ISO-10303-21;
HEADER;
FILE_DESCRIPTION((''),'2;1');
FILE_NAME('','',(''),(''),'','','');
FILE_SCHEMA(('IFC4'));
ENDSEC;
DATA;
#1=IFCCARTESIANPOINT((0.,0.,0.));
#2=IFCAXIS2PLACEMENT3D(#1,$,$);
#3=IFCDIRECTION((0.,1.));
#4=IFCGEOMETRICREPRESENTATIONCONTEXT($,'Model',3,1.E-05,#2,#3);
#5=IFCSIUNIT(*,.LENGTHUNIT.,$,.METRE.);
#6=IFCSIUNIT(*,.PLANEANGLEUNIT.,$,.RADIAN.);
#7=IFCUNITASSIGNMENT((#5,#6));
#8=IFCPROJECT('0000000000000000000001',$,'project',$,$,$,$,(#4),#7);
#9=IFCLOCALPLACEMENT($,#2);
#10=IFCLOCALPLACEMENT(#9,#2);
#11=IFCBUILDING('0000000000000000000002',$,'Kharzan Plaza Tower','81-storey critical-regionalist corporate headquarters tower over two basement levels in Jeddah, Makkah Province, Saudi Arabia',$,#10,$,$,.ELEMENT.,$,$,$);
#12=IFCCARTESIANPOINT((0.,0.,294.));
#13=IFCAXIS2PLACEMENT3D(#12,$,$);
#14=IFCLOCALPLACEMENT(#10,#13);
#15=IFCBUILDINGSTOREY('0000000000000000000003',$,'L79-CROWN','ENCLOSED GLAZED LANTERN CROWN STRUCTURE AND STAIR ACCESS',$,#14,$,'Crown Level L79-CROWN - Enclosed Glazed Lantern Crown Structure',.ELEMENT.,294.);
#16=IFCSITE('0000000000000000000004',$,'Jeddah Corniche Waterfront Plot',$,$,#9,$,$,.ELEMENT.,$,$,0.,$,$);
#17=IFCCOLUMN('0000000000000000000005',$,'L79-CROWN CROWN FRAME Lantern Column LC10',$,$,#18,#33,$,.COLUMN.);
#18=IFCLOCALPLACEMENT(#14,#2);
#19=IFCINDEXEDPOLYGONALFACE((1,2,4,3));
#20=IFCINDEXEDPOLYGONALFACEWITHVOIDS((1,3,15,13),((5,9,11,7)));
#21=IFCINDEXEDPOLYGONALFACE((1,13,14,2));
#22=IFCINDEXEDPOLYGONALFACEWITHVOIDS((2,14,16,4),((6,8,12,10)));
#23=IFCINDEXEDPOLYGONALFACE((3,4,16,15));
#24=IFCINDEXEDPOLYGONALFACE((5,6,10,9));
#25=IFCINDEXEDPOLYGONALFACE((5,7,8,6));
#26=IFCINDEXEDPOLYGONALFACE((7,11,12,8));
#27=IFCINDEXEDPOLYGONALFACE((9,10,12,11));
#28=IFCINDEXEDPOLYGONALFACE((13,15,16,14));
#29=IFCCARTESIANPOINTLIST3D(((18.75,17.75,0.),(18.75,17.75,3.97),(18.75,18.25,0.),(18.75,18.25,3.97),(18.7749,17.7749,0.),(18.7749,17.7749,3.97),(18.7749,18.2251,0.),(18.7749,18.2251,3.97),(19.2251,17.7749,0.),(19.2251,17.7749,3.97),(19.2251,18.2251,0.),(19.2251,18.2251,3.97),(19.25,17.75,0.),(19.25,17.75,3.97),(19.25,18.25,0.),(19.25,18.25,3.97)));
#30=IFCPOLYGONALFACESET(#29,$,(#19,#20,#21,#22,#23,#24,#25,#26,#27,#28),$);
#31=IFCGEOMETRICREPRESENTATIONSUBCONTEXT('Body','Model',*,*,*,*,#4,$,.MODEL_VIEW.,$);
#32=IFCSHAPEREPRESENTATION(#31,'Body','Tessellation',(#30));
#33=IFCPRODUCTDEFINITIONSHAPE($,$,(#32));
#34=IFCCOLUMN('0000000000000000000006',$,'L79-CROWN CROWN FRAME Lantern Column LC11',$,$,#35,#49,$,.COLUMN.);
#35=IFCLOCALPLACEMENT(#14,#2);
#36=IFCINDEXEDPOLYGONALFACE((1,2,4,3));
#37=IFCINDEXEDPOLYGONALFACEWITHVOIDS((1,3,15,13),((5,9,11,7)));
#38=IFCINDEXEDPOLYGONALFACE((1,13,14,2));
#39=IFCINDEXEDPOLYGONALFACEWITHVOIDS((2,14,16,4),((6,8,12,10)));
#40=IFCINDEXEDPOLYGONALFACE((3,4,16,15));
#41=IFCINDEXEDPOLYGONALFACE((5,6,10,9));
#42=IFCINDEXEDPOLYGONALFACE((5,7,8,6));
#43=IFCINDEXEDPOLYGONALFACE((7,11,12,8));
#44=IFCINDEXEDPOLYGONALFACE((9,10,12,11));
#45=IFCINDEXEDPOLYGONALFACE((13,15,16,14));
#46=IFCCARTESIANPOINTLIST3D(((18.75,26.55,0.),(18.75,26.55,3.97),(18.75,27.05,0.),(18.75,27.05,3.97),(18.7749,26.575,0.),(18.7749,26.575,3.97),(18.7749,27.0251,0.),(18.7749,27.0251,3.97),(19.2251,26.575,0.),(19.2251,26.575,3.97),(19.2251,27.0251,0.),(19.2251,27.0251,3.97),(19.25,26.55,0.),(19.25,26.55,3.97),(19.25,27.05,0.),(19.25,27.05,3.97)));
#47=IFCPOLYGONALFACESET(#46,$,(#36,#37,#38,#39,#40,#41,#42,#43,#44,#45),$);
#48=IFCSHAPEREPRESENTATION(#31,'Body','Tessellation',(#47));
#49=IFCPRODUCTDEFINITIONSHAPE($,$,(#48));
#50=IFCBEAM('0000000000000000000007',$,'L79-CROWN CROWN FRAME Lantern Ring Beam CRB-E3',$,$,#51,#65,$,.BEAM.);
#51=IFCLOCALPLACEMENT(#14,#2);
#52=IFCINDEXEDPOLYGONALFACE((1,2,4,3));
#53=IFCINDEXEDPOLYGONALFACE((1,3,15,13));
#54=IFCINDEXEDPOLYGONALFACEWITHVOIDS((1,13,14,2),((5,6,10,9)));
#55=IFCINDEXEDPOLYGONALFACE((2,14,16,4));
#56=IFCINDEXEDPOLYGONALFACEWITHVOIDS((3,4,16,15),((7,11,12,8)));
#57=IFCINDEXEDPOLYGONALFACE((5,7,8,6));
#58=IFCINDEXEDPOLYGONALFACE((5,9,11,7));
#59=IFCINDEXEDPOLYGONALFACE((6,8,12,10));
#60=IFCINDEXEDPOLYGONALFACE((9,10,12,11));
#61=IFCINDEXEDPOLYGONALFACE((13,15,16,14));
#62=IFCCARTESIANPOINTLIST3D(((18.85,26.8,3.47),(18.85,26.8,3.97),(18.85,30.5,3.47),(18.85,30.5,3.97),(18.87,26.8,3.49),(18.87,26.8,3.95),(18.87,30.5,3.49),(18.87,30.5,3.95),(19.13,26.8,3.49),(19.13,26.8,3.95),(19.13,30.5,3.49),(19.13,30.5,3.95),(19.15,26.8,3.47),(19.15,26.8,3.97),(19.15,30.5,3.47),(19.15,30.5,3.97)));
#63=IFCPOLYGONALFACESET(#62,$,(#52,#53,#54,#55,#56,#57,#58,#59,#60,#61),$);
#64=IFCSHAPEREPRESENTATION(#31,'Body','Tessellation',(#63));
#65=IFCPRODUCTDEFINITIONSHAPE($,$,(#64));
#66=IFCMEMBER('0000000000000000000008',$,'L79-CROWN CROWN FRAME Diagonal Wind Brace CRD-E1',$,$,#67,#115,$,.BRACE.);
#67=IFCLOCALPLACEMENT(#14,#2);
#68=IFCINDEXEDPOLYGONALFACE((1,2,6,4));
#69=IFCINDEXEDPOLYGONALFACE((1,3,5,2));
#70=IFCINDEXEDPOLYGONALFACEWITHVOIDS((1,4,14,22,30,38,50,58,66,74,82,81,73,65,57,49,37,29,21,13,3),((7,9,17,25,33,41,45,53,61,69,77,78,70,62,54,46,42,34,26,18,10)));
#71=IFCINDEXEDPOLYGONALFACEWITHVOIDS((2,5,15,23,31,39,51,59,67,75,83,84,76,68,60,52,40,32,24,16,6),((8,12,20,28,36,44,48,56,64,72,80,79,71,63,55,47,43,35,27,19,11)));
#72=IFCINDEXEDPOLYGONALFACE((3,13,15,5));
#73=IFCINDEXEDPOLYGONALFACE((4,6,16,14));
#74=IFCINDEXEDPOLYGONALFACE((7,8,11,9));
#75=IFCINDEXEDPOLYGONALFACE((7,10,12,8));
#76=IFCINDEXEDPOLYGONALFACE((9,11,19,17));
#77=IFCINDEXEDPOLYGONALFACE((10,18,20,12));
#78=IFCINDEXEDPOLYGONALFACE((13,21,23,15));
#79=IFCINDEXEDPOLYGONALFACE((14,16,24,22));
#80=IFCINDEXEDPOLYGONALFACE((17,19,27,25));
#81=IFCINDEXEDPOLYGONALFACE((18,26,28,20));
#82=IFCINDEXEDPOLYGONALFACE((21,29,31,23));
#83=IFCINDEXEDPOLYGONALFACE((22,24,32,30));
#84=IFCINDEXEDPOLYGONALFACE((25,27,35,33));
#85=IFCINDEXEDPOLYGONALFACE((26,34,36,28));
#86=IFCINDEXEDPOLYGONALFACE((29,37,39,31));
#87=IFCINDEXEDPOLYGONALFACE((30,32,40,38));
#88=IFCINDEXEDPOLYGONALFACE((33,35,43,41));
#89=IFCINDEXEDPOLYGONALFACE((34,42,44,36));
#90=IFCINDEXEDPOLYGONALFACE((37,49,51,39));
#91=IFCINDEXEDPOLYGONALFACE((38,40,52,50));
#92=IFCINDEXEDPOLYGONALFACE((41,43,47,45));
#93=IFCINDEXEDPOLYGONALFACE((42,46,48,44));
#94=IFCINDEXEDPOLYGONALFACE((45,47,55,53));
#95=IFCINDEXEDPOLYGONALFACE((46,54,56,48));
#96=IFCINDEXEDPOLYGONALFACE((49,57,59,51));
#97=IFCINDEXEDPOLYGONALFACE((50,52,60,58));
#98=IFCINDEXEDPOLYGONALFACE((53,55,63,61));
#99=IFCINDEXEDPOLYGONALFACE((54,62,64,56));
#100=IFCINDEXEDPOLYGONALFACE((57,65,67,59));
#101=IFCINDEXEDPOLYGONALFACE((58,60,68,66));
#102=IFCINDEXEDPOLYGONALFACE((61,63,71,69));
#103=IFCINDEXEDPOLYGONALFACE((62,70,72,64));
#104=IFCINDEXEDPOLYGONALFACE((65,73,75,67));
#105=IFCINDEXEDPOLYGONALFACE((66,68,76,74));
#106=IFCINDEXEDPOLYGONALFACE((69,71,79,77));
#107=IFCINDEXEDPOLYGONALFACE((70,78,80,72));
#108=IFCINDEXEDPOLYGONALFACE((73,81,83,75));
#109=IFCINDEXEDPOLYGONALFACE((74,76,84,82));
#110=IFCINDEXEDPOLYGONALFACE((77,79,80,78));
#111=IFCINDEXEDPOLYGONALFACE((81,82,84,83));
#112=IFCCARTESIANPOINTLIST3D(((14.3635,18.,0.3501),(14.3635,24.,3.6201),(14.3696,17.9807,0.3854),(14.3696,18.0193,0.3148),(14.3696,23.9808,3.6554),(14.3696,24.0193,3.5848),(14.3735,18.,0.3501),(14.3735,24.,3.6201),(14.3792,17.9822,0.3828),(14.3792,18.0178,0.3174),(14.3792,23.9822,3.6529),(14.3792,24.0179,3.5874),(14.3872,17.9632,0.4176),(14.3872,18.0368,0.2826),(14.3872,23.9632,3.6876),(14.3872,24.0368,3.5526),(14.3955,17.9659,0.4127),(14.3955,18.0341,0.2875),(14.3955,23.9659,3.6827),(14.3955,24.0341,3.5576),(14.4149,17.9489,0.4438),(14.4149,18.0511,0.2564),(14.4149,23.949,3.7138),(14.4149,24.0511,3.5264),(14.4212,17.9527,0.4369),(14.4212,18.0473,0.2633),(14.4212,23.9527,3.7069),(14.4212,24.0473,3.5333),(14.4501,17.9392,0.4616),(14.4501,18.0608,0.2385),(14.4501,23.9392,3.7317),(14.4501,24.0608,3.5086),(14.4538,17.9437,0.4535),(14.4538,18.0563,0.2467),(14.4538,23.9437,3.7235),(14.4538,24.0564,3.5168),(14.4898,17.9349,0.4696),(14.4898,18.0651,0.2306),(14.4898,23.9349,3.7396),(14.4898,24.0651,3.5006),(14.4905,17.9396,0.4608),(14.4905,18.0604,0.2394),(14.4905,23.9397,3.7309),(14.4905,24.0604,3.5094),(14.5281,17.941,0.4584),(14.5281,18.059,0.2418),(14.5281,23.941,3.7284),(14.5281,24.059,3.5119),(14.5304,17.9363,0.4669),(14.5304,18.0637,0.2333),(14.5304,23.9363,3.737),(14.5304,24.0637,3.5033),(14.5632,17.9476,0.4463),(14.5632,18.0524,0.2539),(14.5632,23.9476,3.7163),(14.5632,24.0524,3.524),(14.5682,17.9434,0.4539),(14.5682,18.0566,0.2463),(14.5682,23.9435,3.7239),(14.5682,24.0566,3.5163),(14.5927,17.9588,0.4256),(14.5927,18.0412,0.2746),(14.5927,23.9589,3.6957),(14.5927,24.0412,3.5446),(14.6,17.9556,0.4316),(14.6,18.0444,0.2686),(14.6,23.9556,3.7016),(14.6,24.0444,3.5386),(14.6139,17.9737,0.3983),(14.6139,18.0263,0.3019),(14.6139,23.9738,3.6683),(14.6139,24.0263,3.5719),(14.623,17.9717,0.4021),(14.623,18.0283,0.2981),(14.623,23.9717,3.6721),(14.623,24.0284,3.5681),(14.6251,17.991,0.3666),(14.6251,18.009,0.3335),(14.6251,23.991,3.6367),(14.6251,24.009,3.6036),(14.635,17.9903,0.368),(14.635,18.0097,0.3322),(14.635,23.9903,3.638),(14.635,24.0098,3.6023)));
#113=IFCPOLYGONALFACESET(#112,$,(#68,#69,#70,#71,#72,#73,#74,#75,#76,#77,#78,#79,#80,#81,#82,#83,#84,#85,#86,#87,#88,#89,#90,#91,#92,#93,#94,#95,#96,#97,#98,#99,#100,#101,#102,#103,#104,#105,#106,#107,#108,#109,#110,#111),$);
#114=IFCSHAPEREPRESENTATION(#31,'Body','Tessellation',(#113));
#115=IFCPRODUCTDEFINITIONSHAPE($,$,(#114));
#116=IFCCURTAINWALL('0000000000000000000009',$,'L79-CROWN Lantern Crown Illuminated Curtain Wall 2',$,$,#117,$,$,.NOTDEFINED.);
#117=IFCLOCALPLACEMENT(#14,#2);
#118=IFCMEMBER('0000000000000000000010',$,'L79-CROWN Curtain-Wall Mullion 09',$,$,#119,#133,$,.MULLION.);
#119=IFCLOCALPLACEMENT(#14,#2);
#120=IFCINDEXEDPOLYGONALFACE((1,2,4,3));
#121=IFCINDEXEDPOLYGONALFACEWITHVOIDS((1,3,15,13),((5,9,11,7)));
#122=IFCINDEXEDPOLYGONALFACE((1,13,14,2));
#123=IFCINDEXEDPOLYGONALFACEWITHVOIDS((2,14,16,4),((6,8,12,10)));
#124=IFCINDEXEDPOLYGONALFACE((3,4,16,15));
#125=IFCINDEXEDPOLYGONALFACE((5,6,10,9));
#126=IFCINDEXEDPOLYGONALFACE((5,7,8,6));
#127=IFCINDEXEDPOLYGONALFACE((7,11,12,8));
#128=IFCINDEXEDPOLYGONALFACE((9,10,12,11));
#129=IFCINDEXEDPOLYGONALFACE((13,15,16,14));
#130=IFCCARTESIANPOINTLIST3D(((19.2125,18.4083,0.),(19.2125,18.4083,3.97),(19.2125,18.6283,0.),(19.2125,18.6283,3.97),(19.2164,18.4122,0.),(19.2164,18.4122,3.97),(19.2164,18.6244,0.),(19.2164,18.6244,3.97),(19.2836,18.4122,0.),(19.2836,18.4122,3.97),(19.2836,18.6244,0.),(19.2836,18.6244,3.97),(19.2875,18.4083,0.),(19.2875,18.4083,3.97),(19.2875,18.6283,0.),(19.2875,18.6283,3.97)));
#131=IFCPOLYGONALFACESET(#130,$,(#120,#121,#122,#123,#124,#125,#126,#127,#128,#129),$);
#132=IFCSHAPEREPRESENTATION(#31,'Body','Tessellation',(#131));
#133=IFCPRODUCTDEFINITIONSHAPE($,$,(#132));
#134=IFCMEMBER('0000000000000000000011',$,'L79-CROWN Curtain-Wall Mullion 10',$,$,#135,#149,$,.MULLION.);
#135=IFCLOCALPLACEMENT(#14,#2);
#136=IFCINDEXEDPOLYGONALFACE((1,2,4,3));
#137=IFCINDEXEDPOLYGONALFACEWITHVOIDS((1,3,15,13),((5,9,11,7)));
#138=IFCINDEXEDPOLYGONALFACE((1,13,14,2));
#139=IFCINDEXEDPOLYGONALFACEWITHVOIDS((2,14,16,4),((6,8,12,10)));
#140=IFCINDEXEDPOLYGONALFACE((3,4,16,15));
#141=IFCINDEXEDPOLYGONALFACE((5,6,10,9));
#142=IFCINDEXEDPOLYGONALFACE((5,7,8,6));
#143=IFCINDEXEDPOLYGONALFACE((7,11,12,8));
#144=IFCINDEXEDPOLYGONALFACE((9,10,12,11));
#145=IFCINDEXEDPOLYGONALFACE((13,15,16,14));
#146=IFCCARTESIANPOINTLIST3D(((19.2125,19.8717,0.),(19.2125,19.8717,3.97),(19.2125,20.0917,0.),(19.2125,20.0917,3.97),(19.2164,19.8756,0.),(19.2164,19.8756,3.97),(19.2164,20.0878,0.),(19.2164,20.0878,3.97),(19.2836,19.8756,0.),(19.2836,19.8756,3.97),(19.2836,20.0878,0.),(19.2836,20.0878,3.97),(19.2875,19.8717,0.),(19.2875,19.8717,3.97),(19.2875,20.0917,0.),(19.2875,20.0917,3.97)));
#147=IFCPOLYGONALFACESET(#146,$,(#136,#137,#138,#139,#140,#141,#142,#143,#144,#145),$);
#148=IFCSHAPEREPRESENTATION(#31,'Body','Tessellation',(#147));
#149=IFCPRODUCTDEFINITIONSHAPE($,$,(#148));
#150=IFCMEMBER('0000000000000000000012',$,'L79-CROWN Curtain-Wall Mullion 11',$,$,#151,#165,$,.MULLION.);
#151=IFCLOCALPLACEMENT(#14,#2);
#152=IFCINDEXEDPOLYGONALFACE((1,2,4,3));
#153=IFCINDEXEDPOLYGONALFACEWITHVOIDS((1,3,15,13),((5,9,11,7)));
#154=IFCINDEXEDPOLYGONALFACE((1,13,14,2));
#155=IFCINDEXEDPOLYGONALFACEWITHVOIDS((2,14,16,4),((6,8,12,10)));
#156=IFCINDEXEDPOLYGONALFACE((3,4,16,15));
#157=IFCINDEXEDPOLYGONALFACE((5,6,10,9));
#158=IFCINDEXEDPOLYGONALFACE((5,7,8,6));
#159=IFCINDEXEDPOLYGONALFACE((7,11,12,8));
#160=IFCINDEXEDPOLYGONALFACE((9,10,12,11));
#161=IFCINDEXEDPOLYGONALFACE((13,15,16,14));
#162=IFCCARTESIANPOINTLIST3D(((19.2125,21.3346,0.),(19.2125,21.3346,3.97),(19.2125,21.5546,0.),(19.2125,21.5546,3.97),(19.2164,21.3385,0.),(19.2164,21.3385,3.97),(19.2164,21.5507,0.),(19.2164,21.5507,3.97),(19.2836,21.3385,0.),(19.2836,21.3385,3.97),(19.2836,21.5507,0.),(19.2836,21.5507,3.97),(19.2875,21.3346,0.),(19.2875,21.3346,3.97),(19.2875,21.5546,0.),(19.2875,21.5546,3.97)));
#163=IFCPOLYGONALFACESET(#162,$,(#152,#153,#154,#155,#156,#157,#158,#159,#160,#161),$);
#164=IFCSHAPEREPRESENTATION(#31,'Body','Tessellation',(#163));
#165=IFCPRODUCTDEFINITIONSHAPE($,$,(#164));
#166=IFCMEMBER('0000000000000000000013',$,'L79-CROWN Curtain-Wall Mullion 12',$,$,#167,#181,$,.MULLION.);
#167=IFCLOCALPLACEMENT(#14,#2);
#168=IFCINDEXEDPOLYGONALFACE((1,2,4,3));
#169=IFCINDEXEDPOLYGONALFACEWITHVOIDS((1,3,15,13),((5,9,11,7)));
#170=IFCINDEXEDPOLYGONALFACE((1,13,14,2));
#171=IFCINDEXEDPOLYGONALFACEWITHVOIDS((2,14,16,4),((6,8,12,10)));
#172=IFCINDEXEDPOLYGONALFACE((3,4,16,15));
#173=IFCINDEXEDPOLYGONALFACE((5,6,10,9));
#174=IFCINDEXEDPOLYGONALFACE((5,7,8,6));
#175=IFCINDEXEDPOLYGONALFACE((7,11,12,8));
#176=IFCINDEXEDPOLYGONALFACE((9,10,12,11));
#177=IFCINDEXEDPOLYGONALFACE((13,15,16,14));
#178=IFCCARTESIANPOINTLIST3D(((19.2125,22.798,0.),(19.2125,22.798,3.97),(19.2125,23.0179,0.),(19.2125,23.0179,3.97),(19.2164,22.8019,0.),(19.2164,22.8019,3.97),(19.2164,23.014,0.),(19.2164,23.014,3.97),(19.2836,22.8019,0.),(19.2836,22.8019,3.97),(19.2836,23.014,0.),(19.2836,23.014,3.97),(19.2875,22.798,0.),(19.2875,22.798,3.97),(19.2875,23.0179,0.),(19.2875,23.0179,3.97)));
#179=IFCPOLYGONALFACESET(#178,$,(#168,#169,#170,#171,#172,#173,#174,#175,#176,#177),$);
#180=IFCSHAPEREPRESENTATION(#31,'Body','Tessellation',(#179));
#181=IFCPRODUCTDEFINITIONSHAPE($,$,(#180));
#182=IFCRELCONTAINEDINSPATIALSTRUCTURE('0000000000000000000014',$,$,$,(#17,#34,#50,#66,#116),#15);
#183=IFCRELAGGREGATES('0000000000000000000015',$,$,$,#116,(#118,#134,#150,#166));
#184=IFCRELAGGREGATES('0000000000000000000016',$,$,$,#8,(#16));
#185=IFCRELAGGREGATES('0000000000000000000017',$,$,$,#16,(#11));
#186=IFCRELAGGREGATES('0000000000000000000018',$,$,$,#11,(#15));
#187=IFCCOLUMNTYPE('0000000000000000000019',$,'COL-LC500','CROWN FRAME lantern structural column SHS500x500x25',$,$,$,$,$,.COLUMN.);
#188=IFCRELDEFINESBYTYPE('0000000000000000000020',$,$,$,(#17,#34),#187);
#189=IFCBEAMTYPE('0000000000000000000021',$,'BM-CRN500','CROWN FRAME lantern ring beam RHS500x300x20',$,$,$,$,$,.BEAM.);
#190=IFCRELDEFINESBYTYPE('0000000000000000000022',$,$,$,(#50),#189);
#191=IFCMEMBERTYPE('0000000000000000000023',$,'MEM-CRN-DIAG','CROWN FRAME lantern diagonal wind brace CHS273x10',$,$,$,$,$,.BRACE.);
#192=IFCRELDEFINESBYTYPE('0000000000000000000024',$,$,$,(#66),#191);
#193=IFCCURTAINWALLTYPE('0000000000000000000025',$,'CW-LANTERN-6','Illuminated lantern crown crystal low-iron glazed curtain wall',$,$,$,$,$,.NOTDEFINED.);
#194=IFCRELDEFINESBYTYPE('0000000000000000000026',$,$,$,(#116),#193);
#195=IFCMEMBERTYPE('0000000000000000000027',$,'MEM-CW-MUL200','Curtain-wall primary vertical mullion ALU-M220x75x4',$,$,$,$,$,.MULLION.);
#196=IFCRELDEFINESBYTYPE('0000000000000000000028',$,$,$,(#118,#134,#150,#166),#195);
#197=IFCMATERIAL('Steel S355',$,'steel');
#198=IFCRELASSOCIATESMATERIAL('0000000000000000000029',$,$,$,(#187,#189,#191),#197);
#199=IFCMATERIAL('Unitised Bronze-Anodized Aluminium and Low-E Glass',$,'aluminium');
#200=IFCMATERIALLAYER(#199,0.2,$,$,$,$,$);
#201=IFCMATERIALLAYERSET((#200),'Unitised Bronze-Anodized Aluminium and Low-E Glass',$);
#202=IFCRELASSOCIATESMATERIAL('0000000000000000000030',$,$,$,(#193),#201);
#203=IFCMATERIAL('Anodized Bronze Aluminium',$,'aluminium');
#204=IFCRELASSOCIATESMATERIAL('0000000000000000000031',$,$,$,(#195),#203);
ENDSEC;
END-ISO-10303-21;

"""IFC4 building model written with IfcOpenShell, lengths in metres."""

from ifc_helpers import new_model, si_unit, direction, frame, origin, origin_2d, place, context, subcontext, project, spatial, hollow_rectangle, hollow_circle, extrude, source, transform, mapped, material, layer, layer_set, material_profile, profile_set, type_object, element, aggregate, save


model = new_model("IFC4")

# Units and contexts
model_context = context("Model", 3, precision=1e-05, world=origin(), true_north=direction((0.0, 1.0)))
body_context = subcontext(model_context, "Body", "Model", "MODEL_VIEW")
ifc_project = project(units=[si_unit("LENGTHUNIT", "METRE"), si_unit("PLANEANGLEUNIT", "RADIAN")], contexts=[model_context])

# Site, building, storey
site_placement = place(None, origin())
site = spatial("IfcSite", under=ifc_project, at=site_placement, Name="Jeddah Corniche Waterfront Plot", CompositionType="ELEMENT", RefElevation=0.0)
building_placement = place(site_placement, origin())
building = spatial("IfcBuilding", under=site, at=building_placement, Name="Kharzan Plaza Tower", Description="81-storey critical-regionalist corporate headquarters tower over two basement levels in Jeddah, Makkah Province, Saudi Arabia", CompositionType="ELEMENT")
storey_placement = place(building_placement, frame((0.0, 0.0, 294.0)))
storey = spatial("IfcBuildingStorey", under=building, at=storey_placement, Name="L79-CROWN", Description="ENCLOSED GLAZED LANTERN CROWN STRUCTURE AND STAIR ACCESS", LongName="Crown Level L79-CROWN - Enclosed Glazed Lantern Crown Structure", CompositionType="ELEMENT", Elevation=294.0)

# Columns
ifc_material_1 = material(Name="Steel S355", Category="steel")
ifc_material_profile_1 = material_profile(ifc_material_1, hollow_rectangle(XDim=0.5, YDim=0.5, WallThickness=0.0249, at=origin_2d()), Name="SHS500x500x25")
ifc_profile_set_1 = profile_set([ifc_material_profile_1], Name="Steel S355")
column_type = type_object("IfcColumnType", Name="COL-LC500", Description="CROWN FRAME lantern structural column SHS500x500x25", PredefinedType="COLUMN", material=ifc_profile_set_1)
shared_shape_1 = source(origin(), body_context, "Body", "SweptSolid", [
    extrude(hollow_rectangle(XDim=0.5, YDim=0.5, WallThickness=0.0249, at=origin_2d()), origin(), (0.0, 0.0, 1.0), 3.97),
])
for number, where, z_axis, x_axis, name in (
    (1, (19.0, 18.0, 0.0), (0.0, 0.0, 1.0), (1.0, 0.0, 0.0), "L79-CROWN CROWN FRAME Lantern Column LC10"),
    (2, (19.0, 26.8, 0.0), (0.0, 0.0, 1.0), (1.0, 0.0, 0.0), "L79-CROWN CROWN FRAME Lantern Column LC11"),
):
    element("IfcColumn", number, at=place(storey_placement, frame(where, z_axis=z_axis, x_axis=x_axis)), inside=storey, type_object=column_type, Name=name, PredefinedType="COLUMN", context=body_context, shape_type="MappedRepresentation", body=[
        mapped(shared_shape_1, transform((0.0, 0.0, 0.0), x_axis=(1.0, 0.0, 0.0), y_axis=(0.0, 1.0, 0.0), z_axis=(0.0, 0.0, 1.0))),
    ])

# Beam
ifc_material_profile_2 = material_profile(ifc_material_1, hollow_rectangle(XDim=0.3, YDim=0.5, WallThickness=0.02, at=origin_2d()), Name="RHS500x300x20")
ifc_profile_set_2 = profile_set([ifc_material_profile_2], Name="Steel S355")
beam_type = type_object("IfcBeamType", Name="BM-CRN500", Description="CROWN FRAME lantern ring beam RHS500x300x20", PredefinedType="BEAM", material=ifc_profile_set_2)
shared_shape_2 = source(origin(), body_context, "Body", "SweptSolid", [
    extrude(hollow_rectangle(XDim=0.3, YDim=0.5, WallThickness=0.02, at=origin_2d()), origin(), (0.0, 0.0, 1.0), 3.7),
])
beam_placement = place(storey_placement, frame((19.0, 26.8, 3.72), z_axis=(0.0, 1.0, 0.0), x_axis=(-1.0, 0.0, 0.0)))
element("IfcBeam", 3, at=beam_placement, inside=storey, type_object=beam_type, Name="L79-CROWN CROWN FRAME Lantern Ring Beam CRB-E3", PredefinedType="BEAM", context=body_context, shape_type="MappedRepresentation", body=[
    mapped(shared_shape_2, transform((0.0, 0.0, 0.0), x_axis=(1.0, 0.0, 0.0), y_axis=(0.0, 1.0, 0.0), z_axis=(0.0, 0.0, 1.0))),
])

# Member
ifc_material_profile_3 = material_profile(ifc_material_1, hollow_circle(Radius=0.1365, WallThickness=0.01, at=origin_2d()), Name="CHS273x10")
ifc_profile_set_3 = profile_set([ifc_material_profile_3], Name="Steel S355")
member_type_1 = type_object("IfcMemberType", Name="MEM-CRN-DIAG", Description="CROWN FRAME lantern diagonal wind brace CHS273x10", PredefinedType="BRACE", material=ifc_profile_set_3)
shared_shape_3 = source(origin(), body_context, "Body", "SweptSolid", [
    extrude(hollow_circle(Radius=0.1365, WallThickness=0.01, at=origin_2d()), origin(), (0.0, 0.0, 1.0), 6.8333),
])
member_1_placement = place(storey_placement, frame((14.5, 18.0, 0.3501), z_axis=(0.0, 0.878062, 0.478547), x_axis=(-1.0, 0.0, 0.0)))
element("IfcMember", 4, at=member_1_placement, inside=storey, type_object=member_type_1, Name="L79-CROWN CROWN FRAME Diagonal Wind Brace CRD-E1", PredefinedType="BRACE", context=body_context, shape_type="MappedRepresentation", body=[
    mapped(shared_shape_3, transform((0.0, 0.0, 0.0), x_axis=(1.0, 0.0, 0.0), y_axis=(0.0, 1.0, 0.0), z_axis=(0.0, 0.0, 1.0))),
])

# Curtain wall, members
ifc_material_2 = material(Name="Unitised Bronze-Anodized Aluminium and Low-E Glass", Category="aluminium")
ifc_layer_1 = layer(ifc_material_2, 0.2)
ifc_layer_set_1 = layer_set([ifc_layer_1], Name="Unitised Bronze-Anodized Aluminium and Low-E Glass")
curtain_wall_type = type_object("IfcCurtainWallType", Name="CW-LANTERN-6", Description="Illuminated lantern crown crystal low-iron glazed curtain wall", PredefinedType="NOTDEFINED", material=ifc_layer_set_1)
curtain_wall_placement = place(storey_placement, origin())
curtain_wall = element("IfcCurtainWall", 5, at=curtain_wall_placement, inside=storey, type_object=curtain_wall_type, Name="L79-CROWN Lantern Crown Illuminated Curtain Wall 2", PredefinedType="NOTDEFINED")
ifc_material_3 = material(Name="Anodized Bronze Aluminium", Category="aluminium")
ifc_material_profile_4 = material_profile(ifc_material_3, hollow_rectangle(XDim=0.075, YDim=0.22, WallThickness=0.0039, at=origin_2d()), Name="ALU-M220x75x4")
ifc_profile_set_4 = profile_set([ifc_material_profile_4], Name="Anodized Bronze Aluminium")
member_type_2 = type_object("IfcMemberType", Name="MEM-CW-MUL200", Description="Curtain-wall primary vertical mullion ALU-M220x75x4", PredefinedType="MULLION", material=ifc_profile_set_4)
shared_shape_4 = source(origin(), body_context, "Body", "SweptSolid", [
    extrude(hollow_rectangle(XDim=0.075, YDim=0.22, WallThickness=0.0039, at=origin_2d()), origin(), (0.0, 0.0, 1.0), 3.97),
])
member_2_placement = place(storey_placement, frame((19.25, 18.5183, 0.0), z_axis=(0.0, 0.0, 1.0), x_axis=(1.0, 0.0, 0.0)))
member_2 = element("IfcMember", 6, at=member_2_placement, type_object=member_type_2, Name="L79-CROWN Curtain-Wall Mullion 09", PredefinedType="MULLION", context=body_context, shape_type="MappedRepresentation", body=[
    mapped(shared_shape_4, transform((0.0, 0.0, 0.0), x_axis=(1.0, 0.0, 0.0), y_axis=(0.0, 1.0, 0.0), z_axis=(0.0, 0.0, 1.0))),
])
member_3_placement = place(storey_placement, frame((19.25, 19.9817, 0.0), z_axis=(0.0, 0.0, 1.0), x_axis=(1.0, 0.0, 0.0)))
member_3 = element("IfcMember", 7, at=member_3_placement, type_object=member_type_2, Name="L79-CROWN Curtain-Wall Mullion 10", PredefinedType="MULLION", context=body_context, shape_type="MappedRepresentation", body=[
    mapped(shared_shape_4, transform((0.0, 0.0, 0.0), x_axis=(1.0, 0.0, 0.0), y_axis=(0.0, 1.0, 0.0), z_axis=(0.0, 0.0, 1.0))),
])
member_4_placement = place(storey_placement, frame((19.25, 21.4446, 0.0), z_axis=(0.0, 0.0, 1.0), x_axis=(1.0, 0.0, 0.0)))
member_4 = element("IfcMember", 8, at=member_4_placement, type_object=member_type_2, Name="L79-CROWN Curtain-Wall Mullion 11", PredefinedType="MULLION", context=body_context, shape_type="MappedRepresentation", body=[
    mapped(shared_shape_4, transform((0.0, 0.0, 0.0), x_axis=(1.0, 0.0, 0.0), y_axis=(0.0, 1.0, 0.0), z_axis=(0.0, 0.0, 1.0))),
])
member_5_placement = place(storey_placement, frame((19.25, 22.908, 0.0), z_axis=(0.0, 0.0, 1.0), x_axis=(1.0, 0.0, 0.0)))
member_5 = element("IfcMember", 9, at=member_5_placement, type_object=member_type_2, Name="L79-CROWN Curtain-Wall Mullion 12", PredefinedType="MULLION", context=body_context, shape_type="MappedRepresentation", body=[
    mapped(shared_shape_4, transform((0.0, 0.0, 0.0), x_axis=(1.0, 0.0, 0.0), y_axis=(0.0, 1.0, 0.0), z_axis=(0.0, 0.0, 1.0))),
])

aggregate(curtain_wall, [member_2, member_3, member_4, member_5])

save(model, "model.ifc")
